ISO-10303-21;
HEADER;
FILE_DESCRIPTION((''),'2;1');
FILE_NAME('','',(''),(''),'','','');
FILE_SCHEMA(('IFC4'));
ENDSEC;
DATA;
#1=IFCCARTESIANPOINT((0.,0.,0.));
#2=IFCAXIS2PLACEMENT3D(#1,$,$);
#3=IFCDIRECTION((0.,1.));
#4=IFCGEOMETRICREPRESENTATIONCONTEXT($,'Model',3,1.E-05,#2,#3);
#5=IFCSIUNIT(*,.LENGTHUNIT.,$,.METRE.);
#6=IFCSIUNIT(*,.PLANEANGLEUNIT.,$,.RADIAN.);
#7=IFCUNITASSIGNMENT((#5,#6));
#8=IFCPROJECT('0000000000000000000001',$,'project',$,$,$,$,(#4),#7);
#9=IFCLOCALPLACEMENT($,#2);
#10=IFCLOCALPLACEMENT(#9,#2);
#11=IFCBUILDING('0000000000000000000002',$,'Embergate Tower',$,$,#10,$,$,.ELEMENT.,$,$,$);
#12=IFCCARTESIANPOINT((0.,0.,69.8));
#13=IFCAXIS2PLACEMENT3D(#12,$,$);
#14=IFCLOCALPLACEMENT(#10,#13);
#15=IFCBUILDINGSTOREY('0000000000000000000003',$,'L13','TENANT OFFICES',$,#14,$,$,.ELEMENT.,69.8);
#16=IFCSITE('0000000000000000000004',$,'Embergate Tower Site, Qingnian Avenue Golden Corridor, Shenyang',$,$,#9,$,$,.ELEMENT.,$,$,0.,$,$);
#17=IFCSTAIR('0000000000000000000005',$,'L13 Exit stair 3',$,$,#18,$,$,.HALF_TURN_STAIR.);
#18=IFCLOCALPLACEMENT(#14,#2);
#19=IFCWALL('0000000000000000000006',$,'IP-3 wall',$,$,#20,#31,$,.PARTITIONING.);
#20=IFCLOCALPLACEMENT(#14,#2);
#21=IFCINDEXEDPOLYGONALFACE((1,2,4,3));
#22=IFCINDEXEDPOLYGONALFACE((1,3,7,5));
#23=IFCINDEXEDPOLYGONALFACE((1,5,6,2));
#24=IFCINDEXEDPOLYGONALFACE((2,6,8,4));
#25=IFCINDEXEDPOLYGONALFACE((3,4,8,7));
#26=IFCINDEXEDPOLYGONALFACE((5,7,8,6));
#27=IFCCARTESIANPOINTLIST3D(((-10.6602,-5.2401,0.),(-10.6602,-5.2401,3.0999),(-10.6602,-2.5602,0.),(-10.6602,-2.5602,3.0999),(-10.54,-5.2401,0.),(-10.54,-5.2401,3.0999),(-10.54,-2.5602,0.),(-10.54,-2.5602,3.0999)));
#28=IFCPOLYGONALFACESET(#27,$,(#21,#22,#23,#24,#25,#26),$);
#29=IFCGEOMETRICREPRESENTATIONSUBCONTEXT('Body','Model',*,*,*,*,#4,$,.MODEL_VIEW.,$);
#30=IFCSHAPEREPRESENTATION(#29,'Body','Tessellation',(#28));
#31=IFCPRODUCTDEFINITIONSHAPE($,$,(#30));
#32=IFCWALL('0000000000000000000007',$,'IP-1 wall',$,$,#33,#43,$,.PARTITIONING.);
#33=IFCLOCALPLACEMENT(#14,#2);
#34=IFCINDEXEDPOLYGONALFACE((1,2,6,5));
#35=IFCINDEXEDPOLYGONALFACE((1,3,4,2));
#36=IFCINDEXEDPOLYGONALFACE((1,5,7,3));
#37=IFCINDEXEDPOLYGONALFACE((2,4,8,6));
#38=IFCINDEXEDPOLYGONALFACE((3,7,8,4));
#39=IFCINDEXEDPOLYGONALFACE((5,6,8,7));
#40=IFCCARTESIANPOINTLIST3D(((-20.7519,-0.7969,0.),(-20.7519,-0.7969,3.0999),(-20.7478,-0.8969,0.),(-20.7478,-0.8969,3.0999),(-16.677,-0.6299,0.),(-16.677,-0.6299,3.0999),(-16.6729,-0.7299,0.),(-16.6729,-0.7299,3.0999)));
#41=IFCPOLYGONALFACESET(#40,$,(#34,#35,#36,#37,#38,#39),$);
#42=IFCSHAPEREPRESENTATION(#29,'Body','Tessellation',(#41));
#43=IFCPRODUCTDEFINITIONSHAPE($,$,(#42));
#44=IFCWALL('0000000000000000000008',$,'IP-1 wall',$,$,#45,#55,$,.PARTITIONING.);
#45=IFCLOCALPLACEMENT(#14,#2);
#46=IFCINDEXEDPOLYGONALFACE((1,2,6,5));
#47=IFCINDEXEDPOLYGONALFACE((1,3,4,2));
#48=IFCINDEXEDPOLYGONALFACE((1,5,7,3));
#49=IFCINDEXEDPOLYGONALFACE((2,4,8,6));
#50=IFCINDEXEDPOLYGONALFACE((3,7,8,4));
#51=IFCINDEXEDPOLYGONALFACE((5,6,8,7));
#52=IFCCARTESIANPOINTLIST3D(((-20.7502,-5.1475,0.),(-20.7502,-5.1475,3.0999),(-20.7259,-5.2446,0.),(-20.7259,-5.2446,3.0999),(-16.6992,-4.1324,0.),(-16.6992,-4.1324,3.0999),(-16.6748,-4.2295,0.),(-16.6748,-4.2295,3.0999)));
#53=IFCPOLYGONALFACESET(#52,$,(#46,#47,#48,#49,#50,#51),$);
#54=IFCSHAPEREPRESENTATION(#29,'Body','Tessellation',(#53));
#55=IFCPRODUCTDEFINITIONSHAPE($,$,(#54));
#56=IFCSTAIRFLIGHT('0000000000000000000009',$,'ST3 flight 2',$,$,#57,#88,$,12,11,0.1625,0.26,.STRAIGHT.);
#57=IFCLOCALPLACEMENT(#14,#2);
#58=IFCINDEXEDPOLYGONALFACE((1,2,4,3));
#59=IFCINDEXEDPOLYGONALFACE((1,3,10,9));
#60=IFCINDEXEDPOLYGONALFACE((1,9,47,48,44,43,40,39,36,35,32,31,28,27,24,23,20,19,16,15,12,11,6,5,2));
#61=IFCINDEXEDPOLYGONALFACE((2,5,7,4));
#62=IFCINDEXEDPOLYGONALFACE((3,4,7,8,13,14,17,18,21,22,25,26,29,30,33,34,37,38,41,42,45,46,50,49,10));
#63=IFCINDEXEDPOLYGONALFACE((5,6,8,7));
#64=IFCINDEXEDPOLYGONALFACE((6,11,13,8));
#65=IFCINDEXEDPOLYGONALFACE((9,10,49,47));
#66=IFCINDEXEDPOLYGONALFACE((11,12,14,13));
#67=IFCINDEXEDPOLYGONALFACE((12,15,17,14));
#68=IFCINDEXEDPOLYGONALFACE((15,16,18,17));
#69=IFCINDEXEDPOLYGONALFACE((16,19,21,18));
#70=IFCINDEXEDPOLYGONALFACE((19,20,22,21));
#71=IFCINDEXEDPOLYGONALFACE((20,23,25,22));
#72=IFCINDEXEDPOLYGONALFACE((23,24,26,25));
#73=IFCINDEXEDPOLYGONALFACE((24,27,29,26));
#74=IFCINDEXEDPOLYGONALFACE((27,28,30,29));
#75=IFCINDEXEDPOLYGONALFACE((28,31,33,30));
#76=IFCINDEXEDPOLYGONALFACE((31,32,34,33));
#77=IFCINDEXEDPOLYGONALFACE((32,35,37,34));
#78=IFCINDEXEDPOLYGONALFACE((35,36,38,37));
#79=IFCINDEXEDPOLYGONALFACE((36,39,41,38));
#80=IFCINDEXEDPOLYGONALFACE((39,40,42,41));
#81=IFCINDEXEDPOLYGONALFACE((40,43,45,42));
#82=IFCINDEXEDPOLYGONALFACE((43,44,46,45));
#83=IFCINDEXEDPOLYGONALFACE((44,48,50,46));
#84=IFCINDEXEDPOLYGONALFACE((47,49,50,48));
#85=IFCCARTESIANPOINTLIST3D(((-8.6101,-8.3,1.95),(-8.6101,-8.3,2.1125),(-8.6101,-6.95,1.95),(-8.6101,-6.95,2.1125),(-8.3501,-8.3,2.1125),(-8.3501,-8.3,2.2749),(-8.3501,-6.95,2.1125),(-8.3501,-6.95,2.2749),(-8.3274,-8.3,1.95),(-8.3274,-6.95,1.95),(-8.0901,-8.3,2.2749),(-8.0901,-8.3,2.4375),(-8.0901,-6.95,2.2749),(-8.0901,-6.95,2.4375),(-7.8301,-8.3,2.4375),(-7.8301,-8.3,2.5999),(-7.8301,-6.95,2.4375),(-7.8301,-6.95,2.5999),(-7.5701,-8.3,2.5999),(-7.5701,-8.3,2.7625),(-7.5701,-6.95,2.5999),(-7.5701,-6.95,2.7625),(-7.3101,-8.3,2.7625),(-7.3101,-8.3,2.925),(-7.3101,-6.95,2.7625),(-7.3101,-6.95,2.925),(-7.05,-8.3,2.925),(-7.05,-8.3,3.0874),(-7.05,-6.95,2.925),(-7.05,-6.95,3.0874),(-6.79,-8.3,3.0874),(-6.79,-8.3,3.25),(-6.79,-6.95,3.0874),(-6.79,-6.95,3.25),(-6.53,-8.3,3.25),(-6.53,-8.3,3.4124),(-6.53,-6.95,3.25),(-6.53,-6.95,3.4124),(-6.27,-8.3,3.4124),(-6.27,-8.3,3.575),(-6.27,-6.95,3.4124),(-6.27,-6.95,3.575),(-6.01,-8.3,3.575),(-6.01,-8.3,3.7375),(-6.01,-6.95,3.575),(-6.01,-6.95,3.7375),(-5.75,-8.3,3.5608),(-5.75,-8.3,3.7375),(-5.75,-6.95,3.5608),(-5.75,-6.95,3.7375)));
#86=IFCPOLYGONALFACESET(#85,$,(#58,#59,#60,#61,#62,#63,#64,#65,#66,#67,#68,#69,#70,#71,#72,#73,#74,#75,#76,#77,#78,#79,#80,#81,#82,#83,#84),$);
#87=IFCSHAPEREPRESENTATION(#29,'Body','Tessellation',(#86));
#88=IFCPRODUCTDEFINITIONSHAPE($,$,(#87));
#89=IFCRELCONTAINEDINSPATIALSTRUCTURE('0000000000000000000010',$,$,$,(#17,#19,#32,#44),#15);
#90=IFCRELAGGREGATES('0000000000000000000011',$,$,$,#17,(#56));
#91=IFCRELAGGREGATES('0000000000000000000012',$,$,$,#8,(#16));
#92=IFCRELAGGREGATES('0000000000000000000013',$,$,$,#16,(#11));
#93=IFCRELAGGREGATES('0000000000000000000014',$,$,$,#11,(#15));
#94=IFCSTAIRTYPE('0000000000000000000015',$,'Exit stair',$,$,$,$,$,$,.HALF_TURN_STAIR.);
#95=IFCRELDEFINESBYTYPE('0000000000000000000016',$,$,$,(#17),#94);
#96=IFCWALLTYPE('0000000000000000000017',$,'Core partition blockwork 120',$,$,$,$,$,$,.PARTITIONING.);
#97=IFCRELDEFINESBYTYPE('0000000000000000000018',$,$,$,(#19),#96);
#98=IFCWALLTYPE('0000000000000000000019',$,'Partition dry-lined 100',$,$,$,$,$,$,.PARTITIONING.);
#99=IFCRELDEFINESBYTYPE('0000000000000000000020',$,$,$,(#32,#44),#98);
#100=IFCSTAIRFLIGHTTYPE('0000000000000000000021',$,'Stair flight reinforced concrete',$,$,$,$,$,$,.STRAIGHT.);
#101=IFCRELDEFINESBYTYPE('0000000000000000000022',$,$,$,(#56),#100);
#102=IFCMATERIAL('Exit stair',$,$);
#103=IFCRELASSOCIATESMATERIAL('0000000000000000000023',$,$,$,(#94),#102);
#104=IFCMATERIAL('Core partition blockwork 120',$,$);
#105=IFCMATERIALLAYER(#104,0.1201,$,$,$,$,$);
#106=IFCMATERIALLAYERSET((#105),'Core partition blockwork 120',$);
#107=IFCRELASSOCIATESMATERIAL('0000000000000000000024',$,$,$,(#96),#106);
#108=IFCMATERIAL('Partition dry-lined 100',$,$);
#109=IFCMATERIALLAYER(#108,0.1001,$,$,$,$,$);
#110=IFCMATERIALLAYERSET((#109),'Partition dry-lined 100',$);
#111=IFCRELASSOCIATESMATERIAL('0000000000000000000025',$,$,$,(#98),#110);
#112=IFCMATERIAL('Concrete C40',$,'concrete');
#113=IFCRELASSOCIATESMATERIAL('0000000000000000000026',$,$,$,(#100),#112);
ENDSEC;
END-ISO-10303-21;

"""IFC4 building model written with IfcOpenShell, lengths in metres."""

from ifc_helpers import new_model, si_unit, direction, frame, frame_2d, origin, place, context, subcontext, project, spatial, polyline, rectangle, outline, extrude, source, transform, mapped, material, layer, layer_set, type_object, element, aggregate, save


model = new_model("IFC4")

# Units and contexts
model_context = context("Model", 3, precision=1e-05, world=origin(), true_north=direction((0.0, 1.0)))
body_context = subcontext(model_context, "Body", "Model", "MODEL_VIEW")
ifc_project = project(units=[si_unit("LENGTHUNIT", "METRE"), si_unit("PLANEANGLEUNIT", "RADIAN")], contexts=[model_context])

# Site, building, storey
site_placement = place(None, origin())
site = spatial("IfcSite", under=ifc_project, at=site_placement, Name="Embergate Tower Site, Qingnian Avenue Golden Corridor, Shenyang", CompositionType="ELEMENT", RefElevation=0.0)
building_placement = place(site_placement, origin())
building = spatial("IfcBuilding", under=site, at=building_placement, Name="Embergate Tower", CompositionType="ELEMENT")
storey_placement = place(building_placement, frame((0.0, 0.0, 69.8)))
storey = spatial("IfcBuildingStorey", under=building, at=storey_placement, Name="L13", Description="TENANT OFFICES", CompositionType="ELEMENT", Elevation=69.8)

# Stair
ifc_material_1 = material(Name="Exit stair")
stair_type = type_object("IfcStairType", Name="Exit stair", PredefinedType="HALF_TURN_STAIR", material=ifc_material_1)
stair_placement = place(storey_placement, origin())
stair = element("IfcStair", 1, at=stair_placement, inside=storey, type_object=stair_type, Name="L13 Exit stair 3", PredefinedType="HALF_TURN_STAIR")
ifc_material_2 = material(Name="Concrete C40", Category="concrete")

# Shared definitions
ifc_material_3 = material(Name="Core partition blockwork 120")
ifc_layer_1 = layer(ifc_material_3, 0.1201)
ifc_layer_set_1 = layer_set([ifc_layer_1], Name="Core partition blockwork 120")
wall_type_1 = type_object("IfcWallType", Name="Core partition blockwork 120", PredefinedType="PARTITIONING", material=ifc_layer_set_1)

# Walls
shared_shape_1 = source(origin(), body_context, "Body", "SweptSolid", [
    extrude(rectangle(XDim=2.6799, YDim=0.1201, at=frame_2d((1.3398, 0.0))), origin(), (0.0, 0.0, 1.0), 3.0999),
])
wall_1_placement = place(storey_placement, frame((-10.6001, -5.24, 0.0), z_axis=(0.0, 0.0, 1.0), x_axis=(0.0, 1.0, 0.0)))
element("IfcWall", 2, at=wall_1_placement, inside=storey, type_object=wall_type_1, Name="IP-3 wall", PredefinedType="PARTITIONING", context=body_context, shape_type="MappedRepresentation", body=[
    mapped(shared_shape_1, transform((0.0, 0.0, 0.0))),
])
ifc_material_4 = material(Name="Partition dry-lined 100")
ifc_layer_2 = layer(ifc_material_4, 0.1001)
ifc_layer_set_2 = layer_set([ifc_layer_2], Name="Partition dry-lined 100")
wall_type_2 = type_object("IfcWallType", Name="Partition dry-lined 100", PredefinedType="PARTITIONING", material=ifc_layer_set_2)
shared_shape_2 = source(origin(), body_context, "Body", "SweptSolid", [
    extrude(rectangle(XDim=4.0784, YDim=0.1001, at=frame_2d((2.0391, 0.0))), origin(), (0.0, 0.0, 1.0), 3.0999),
])
wall_2_placement = place(storey_placement, frame((-16.675, -0.6799, 0.0), z_axis=(0.0, 0.0, 1.0), x_axis=(-0.999161, -0.040946, 0.0)))
element("IfcWall", 3, at=wall_2_placement, inside=storey, type_object=wall_type_2, Name="IP-1 wall", PredefinedType="PARTITIONING", context=body_context, shape_type="MappedRepresentation", body=[
    mapped(shared_shape_2, transform((0.0, 0.0, 0.0))),
])
shared_shape_3 = source(origin(), body_context, "Body", "SweptSolid", [
    extrude(rectangle(XDim=4.1763, YDim=0.1001, at=frame_2d((2.0881, 0.0))), origin(), (0.0, 0.0, 1.0), 3.0999),
])
wall_3_placement = place(storey_placement, frame((-16.687, -4.1809, 0.0), z_axis=(0.0, 0.0, 1.0), x_axis=(-0.970008, -0.243072, 0.0)))
element("IfcWall", 4, at=wall_3_placement, inside=storey, type_object=wall_type_2, Name="IP-1 wall", PredefinedType="PARTITIONING", context=body_context, shape_type="MappedRepresentation", body=[
    mapped(shared_shape_3, transform((0.0, 0.0, 0.0))),
])

# Stair flight
stair_flight_type = type_object("IfcStairFlightType", Name="Stair flight reinforced concrete", PredefinedType="STRAIGHT", material=ifc_material_2)
shared_shape_4 = source(origin(), body_context, "Body", "SweptSolid", [
    extrude(outline(polyline([(0.0, 0.0), (0.0, 0.1626), (0.26, 0.1626), (0.26, 0.325), (0.52, 0.325), (0.52, 0.4875), (0.78, 0.4875), (0.78, 0.6499), (1.04, 0.6499), (1.04, 0.8125), (1.3, 0.8125), (1.3, 0.9751), (1.5601, 0.9751), (1.5601, 1.1375), (1.8201, 1.1375), (1.8201, 1.3), (2.0801, 1.3), (2.0801, 1.4624), (2.3401, 1.4624), (2.3401, 1.625), (2.6001, 1.625), (2.6001, 1.7876), (2.8601, 1.7876), (2.8601, 1.95), (2.8601, 1.6108), (0.2827, 0.0), (0.0, 0.0)])), frame((0.0, 0.675, 0.0), z_axis=(0.0, -1.0, 0.0), x_axis=(1.0, 0.0, 0.0)), (0.0, 0.0, 1.0), 1.3501),
])
stair_flight_placement = place(storey_placement, frame((-8.6101, -7.625, 1.95), z_axis=(0.0, 0.0, 1.0), x_axis=(1.0, 0.0, 0.0)))
stair_flight = element("IfcStairFlight", 5, at=stair_flight_placement, type_object=stair_flight_type, Name="ST3 flight 2", NumberOfRisers=12, NumberOfTreads=11, PredefinedType="STRAIGHT", RiserHeight=0.1625, TreadLength=0.26, context=body_context, shape_type="MappedRepresentation", body=[
    mapped(shared_shape_4, transform((0.0, 0.0, 0.0))),
])
aggregate(stair, [stair_flight])

save(model, "model.ifc")
